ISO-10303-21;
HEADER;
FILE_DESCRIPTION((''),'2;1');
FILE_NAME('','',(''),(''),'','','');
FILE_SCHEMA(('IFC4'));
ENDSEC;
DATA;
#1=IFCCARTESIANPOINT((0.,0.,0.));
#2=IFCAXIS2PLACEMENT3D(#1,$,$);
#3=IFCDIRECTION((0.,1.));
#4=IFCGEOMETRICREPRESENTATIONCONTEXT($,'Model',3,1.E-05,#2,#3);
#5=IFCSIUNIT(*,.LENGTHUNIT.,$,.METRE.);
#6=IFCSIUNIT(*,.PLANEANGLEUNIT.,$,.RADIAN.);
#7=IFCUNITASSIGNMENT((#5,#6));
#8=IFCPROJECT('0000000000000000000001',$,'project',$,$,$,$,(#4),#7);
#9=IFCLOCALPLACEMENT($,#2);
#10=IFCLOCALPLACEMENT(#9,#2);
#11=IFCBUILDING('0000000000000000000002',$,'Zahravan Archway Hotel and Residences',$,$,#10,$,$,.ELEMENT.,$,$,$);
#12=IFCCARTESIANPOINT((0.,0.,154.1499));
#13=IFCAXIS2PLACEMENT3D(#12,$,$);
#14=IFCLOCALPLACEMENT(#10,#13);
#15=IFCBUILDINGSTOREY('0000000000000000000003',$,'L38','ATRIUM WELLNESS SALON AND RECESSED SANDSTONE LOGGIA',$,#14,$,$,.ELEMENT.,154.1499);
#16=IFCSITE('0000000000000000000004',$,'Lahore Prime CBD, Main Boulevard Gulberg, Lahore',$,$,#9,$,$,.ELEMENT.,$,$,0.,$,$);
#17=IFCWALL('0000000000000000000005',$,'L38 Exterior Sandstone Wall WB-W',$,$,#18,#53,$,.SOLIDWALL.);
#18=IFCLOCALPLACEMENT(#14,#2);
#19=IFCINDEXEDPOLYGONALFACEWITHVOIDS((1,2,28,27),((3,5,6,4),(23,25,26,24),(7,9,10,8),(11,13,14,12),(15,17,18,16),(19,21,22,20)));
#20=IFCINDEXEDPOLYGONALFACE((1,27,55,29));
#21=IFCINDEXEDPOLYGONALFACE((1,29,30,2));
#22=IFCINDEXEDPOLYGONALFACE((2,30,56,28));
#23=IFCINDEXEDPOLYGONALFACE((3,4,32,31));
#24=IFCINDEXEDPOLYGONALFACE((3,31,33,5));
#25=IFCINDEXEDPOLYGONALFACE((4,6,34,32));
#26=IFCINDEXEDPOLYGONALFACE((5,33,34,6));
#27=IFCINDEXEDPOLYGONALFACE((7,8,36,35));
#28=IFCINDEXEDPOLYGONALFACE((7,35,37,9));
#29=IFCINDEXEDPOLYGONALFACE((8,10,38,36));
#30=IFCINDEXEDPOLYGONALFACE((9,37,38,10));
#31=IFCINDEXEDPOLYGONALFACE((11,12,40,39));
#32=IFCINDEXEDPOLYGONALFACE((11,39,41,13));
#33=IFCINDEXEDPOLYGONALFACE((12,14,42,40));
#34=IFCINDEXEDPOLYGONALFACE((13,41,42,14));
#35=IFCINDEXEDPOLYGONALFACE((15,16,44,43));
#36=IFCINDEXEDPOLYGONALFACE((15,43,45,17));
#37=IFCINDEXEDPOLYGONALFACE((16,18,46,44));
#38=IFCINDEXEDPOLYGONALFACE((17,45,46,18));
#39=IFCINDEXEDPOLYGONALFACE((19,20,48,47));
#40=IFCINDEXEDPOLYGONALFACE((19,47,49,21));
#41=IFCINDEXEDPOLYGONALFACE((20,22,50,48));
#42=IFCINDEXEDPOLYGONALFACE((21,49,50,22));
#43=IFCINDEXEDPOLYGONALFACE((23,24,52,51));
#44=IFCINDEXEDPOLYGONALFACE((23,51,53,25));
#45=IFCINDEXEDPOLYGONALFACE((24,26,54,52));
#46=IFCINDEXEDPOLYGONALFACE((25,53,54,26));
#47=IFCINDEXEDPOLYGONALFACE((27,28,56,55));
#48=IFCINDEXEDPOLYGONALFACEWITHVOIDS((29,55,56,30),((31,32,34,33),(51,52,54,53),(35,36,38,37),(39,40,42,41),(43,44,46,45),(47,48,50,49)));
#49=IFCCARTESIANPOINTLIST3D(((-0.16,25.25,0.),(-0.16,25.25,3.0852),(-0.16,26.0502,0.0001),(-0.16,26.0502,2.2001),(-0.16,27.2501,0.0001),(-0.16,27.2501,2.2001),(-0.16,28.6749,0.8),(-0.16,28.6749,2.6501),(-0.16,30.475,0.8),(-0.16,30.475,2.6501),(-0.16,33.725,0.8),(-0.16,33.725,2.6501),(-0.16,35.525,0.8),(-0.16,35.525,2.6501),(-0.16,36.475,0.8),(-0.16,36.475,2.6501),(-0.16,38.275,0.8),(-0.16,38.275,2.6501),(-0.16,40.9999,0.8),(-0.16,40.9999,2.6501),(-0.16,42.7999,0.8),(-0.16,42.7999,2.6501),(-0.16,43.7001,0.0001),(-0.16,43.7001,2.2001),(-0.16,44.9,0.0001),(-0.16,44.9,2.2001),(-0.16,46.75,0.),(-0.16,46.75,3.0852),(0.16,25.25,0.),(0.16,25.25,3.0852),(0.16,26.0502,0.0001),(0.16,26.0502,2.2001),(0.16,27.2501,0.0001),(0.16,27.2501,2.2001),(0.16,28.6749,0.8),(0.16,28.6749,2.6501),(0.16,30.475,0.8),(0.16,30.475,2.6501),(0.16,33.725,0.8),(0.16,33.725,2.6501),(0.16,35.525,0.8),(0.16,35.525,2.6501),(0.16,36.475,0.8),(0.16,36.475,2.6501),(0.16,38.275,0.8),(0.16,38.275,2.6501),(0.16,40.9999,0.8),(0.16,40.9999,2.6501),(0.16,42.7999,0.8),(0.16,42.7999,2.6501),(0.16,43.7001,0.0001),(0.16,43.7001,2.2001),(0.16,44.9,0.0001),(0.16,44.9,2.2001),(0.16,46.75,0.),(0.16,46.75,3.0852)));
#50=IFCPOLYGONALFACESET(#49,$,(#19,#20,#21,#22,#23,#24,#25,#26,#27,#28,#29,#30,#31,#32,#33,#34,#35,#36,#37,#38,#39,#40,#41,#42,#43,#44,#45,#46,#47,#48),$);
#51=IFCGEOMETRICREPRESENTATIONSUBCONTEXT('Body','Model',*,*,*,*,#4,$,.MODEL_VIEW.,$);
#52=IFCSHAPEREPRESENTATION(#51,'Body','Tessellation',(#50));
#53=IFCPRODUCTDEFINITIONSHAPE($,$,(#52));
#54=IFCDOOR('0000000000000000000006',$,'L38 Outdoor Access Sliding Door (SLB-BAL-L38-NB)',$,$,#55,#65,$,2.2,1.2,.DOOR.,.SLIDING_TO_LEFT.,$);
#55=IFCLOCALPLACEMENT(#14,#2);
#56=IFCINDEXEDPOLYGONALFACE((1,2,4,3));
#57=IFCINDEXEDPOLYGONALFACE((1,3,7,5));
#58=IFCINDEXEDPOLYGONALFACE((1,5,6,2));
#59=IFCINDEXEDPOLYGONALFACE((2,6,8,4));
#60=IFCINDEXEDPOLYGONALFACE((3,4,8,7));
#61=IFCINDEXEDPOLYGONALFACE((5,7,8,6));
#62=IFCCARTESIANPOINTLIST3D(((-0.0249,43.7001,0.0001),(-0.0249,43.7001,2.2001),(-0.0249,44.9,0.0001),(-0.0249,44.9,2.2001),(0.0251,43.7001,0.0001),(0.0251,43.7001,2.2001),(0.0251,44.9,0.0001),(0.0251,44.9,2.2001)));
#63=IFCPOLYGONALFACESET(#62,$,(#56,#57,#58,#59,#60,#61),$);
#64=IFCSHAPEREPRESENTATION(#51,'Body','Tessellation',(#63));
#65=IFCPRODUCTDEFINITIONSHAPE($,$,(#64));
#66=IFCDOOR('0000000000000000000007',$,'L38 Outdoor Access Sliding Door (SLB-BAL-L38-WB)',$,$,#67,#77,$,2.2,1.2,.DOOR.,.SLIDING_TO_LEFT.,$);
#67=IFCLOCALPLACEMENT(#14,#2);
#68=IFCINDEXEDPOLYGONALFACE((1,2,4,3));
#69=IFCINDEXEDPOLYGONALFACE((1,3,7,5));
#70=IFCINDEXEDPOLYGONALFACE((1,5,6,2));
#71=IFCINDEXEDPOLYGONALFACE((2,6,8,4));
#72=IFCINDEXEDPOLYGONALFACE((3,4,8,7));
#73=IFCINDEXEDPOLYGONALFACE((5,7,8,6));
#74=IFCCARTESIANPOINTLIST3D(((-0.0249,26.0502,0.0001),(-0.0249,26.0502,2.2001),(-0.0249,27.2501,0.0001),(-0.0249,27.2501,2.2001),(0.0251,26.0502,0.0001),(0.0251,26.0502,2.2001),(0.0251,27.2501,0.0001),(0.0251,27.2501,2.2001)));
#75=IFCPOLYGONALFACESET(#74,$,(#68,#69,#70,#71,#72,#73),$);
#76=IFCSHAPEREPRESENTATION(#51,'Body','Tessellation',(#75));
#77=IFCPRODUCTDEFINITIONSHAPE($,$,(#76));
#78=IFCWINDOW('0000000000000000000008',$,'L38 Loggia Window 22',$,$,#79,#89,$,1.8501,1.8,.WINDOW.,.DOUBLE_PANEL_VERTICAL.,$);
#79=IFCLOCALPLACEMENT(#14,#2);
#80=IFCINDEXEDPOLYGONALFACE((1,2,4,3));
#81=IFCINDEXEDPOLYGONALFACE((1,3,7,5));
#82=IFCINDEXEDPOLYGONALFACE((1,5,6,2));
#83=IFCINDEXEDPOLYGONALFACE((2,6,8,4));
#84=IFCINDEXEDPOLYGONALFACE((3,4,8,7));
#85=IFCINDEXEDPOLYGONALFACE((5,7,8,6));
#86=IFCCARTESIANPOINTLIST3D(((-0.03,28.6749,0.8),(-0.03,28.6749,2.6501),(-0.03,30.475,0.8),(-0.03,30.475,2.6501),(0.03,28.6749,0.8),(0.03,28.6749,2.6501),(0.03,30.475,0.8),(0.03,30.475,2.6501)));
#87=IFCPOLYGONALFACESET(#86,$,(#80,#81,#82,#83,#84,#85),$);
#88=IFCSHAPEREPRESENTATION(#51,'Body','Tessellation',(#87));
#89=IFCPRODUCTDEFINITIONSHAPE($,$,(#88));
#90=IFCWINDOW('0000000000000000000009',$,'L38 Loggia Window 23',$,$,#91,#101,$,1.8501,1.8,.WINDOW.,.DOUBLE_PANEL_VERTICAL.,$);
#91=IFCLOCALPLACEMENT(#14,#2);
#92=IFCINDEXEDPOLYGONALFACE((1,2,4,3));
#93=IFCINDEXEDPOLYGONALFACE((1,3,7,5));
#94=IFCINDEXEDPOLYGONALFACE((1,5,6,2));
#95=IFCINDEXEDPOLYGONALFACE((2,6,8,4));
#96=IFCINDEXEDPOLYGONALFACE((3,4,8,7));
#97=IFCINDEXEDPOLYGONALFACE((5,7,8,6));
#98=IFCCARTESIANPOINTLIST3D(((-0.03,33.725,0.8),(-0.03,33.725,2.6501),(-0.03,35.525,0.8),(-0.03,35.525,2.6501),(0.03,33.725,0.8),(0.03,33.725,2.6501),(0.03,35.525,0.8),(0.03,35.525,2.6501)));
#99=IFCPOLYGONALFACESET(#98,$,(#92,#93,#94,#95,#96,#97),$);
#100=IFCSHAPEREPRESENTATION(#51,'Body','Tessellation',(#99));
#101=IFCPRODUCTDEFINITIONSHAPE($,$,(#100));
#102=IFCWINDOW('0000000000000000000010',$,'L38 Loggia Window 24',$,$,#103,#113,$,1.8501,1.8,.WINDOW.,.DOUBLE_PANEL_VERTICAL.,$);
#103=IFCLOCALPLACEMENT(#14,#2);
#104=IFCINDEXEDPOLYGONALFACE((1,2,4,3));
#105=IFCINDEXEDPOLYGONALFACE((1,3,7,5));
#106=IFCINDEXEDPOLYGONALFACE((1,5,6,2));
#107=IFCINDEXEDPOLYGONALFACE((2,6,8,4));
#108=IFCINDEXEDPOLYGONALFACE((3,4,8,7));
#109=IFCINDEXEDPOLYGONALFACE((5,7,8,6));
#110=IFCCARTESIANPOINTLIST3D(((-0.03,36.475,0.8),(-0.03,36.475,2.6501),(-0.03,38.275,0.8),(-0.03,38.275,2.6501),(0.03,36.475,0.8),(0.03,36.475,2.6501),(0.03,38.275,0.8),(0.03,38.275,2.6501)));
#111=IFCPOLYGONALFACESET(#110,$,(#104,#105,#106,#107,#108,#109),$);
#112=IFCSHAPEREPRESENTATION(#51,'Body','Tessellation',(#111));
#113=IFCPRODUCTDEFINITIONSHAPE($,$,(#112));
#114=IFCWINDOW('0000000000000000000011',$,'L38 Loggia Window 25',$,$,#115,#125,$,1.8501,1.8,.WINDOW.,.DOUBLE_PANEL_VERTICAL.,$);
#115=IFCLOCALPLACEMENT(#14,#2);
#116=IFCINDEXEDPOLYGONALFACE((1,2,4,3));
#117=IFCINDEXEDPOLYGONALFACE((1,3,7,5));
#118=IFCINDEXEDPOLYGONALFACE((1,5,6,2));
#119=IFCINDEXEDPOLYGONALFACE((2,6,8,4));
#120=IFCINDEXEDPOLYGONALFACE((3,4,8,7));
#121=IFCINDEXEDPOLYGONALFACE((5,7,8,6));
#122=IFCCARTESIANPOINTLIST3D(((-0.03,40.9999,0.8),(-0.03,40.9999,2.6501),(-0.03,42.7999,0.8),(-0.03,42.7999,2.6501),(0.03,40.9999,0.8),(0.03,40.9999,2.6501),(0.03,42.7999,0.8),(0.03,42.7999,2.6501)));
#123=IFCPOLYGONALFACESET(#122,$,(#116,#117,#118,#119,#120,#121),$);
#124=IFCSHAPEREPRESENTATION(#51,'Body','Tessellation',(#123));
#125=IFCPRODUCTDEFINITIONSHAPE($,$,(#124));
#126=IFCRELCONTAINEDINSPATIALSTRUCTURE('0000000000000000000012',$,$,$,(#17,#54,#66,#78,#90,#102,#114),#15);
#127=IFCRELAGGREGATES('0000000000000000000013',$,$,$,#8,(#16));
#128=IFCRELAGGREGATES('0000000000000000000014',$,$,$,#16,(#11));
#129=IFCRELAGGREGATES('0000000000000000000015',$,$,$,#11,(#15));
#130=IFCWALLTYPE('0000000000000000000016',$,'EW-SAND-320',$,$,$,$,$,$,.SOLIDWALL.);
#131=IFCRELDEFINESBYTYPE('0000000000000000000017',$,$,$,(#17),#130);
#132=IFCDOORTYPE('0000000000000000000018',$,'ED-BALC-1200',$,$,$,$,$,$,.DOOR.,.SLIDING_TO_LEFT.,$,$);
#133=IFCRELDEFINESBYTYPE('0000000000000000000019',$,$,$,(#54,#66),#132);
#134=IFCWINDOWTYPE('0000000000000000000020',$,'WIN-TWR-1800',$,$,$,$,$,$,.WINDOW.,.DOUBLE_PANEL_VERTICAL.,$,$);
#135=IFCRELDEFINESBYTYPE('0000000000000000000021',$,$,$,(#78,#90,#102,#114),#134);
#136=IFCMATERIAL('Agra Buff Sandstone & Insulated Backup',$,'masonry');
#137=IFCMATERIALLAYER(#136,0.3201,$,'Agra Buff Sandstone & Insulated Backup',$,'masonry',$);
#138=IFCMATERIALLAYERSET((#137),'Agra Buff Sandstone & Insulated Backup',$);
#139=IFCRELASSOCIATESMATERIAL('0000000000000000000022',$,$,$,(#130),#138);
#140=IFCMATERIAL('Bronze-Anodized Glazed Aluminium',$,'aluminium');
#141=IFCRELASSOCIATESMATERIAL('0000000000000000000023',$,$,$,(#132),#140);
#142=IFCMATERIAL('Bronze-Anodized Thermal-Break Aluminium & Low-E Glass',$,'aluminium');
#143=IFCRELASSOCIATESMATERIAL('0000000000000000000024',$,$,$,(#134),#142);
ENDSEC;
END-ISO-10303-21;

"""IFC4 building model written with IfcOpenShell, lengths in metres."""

from ifc_helpers import new_model, si_unit, direction, frame, frame_2d, origin, place, context, subcontext, project, spatial, rectangle, extrude, source, transform, mapped, material, layer, layer_set, type_object, type_shapes, element, fill, save


model = new_model("IFC4")

# Units and contexts
model_context = context("Model", 3, precision=1e-05, world=origin(), true_north=direction((0.0, 1.0)))
body_context = subcontext(model_context, "Body", "Model", "MODEL_VIEW")
ifc_project = project(units=[si_unit("LENGTHUNIT", "METRE"), si_unit("PLANEANGLEUNIT", "RADIAN")], contexts=[model_context])

# Site, building, storey
site_placement = place(None, origin())
site = spatial("IfcSite", under=ifc_project, at=site_placement, Name="Lahore Prime CBD, Main Boulevard Gulberg, Lahore", CompositionType="ELEMENT", RefElevation=0.0)
building_placement = place(site_placement, origin())
building = spatial("IfcBuilding", under=site, at=building_placement, Name="Zahravan Archway Hotel and Residences", CompositionType="ELEMENT")
storey_placement = place(building_placement, frame((0.0, 0.0, 154.1499)))
storey = spatial("IfcBuildingStorey", under=building, at=storey_placement, Name="L38", Description="ATRIUM WELLNESS SALON AND RECESSED SANDSTONE LOGGIA", CompositionType="ELEMENT", Elevation=154.1499)

# Shared definitions
ifc_material_1 = material(Name="Agra Buff Sandstone & Insulated Backup", Category="masonry")
ifc_layer_1 = layer(ifc_material_1, 0.3201, Name="Agra Buff Sandstone & Insulated Backup", Category="masonry")
ifc_layer_set_1 = layer_set([ifc_layer_1], Name="Agra Buff Sandstone & Insulated Backup")
wall_type_1 = type_object("IfcWallType", Name="EW-SAND-320", PredefinedType="SOLIDWALL", material=ifc_layer_set_1)
ifc_material_2 = material(Name="Bronze-Anodized Thermal-Break Aluminium & Low-E Glass", Category="aluminium")

# Wall, openings, doors, windows
wall_1_placement = place(storey_placement, frame((0.0, 25.25, 0.0), z_axis=(0.0, 0.0, 1.0), x_axis=(0.0, 1.0, 0.0)))
wall_1 = element("IfcWall", 1, at=wall_1_placement, inside=storey, type_object=wall_type_1, Name="L38 Exterior Sandstone Wall WB-W", PredefinedType="SOLIDWALL", context=body_context, shape_type="SweptSolid", body=[
    extrude(rectangle(XDim=21.5, YDim=0.3201, at=frame_2d((10.75, 0.0))), origin(), (0.0, 0.0, 1.0), 3.0852),
])
opening_1_placement = place(wall_1_placement, frame((18.45, 0.0, 0.0)))
opening_1 = element("IfcOpeningElement", 2, at=opening_1_placement, cuts=wall_1, PredefinedType="OPENING", context=body_context, shape_type="SweptSolid", body=[
    extrude(rectangle(XDim=1.2, YDim=2.2, at=frame_2d((0.6001, 1.1001))), frame((0.0, 0.1699, 0.0), z_axis=(0.0, -1.0, 0.0), x_axis=(1.0, 0.0, 0.0)), (0.0, 0.0, 1.0), 0.3401),
])
opening_2_placement = place(wall_1_placement, frame((0.8, 0.0, 0.0)))
opening_2 = element("IfcOpeningElement", 3, at=opening_2_placement, cuts=wall_1, PredefinedType="OPENING", context=body_context, shape_type="SweptSolid", body=[
    extrude(rectangle(XDim=1.2, YDim=2.2, at=frame_2d((0.6001, 1.1001))), frame((0.0, 0.1699, 0.0), z_axis=(0.0, -1.0, 0.0), x_axis=(1.0, 0.0, 0.0)), (0.0, 0.0, 1.0), 0.3401),
])
opening_3_placement = place(wall_1_placement, frame((3.425, 0.0, 0.8)))
opening_3 = element("IfcOpeningElement", 4, at=opening_3_placement, cuts=wall_1, PredefinedType="OPENING", context=body_context, shape_type="SweptSolid", body=[
    extrude(rectangle(XDim=1.8, YDim=1.8501, at=frame_2d((0.8999, 0.925))), frame((0.0, 0.1699, 0.0), z_axis=(0.0, -1.0, 0.0), x_axis=(1.0, 0.0, 0.0)), (0.0, 0.0, 1.0), 0.3401),
])
opening_4_placement = place(wall_1_placement, frame((8.4751, 0.0, 0.8)))
opening_4 = element("IfcOpeningElement", 5, at=opening_4_placement, cuts=wall_1, PredefinedType="OPENING", context=body_context, shape_type="SweptSolid", body=[
    extrude(rectangle(XDim=1.8, YDim=1.8501, at=frame_2d((0.8999, 0.925))), frame((0.0, 0.1699, 0.0), z_axis=(0.0, -1.0, 0.0), x_axis=(1.0, 0.0, 0.0)), (0.0, 0.0, 1.0), 0.3401),
])
opening_5_placement = place(wall_1_placement, frame((11.2251, 0.0, 0.8)))
opening_5 = element("IfcOpeningElement", 6, at=opening_5_placement, cuts=wall_1, PredefinedType="OPENING", context=body_context, shape_type="SweptSolid", body=[
    extrude(rectangle(XDim=1.8, YDim=1.8501, at=frame_2d((0.8999, 0.925))), frame((0.0, 0.1699, 0.0), z_axis=(0.0, -1.0, 0.0), x_axis=(1.0, 0.0, 0.0)), (0.0, 0.0, 1.0), 0.3401),
])
opening_6_placement = place(wall_1_placement, frame((15.75, 0.0, 0.8)))
opening_6 = element("IfcOpeningElement", 7, at=opening_6_placement, cuts=wall_1, PredefinedType="OPENING", context=body_context, shape_type="SweptSolid", body=[
    extrude(rectangle(XDim=1.8, YDim=1.8501, at=frame_2d((0.8999, 0.925))), frame((0.0, 0.1699, 0.0), z_axis=(0.0, -1.0, 0.0), x_axis=(1.0, 0.0, 0.0)), (0.0, 0.0, 1.0), 0.3401),
])
ifc_material_3 = material(Name="Bronze-Anodized Glazed Aluminium", Category="aluminium")
door_type = type_object("IfcDoorType", Name="ED-BALC-1200", OperationType="SLIDING_TO_LEFT", PredefinedType="DOOR", material=ifc_material_3)
shared_shape_1 = source(origin(), body_context, "Body", "SweptSolid", [
    extrude(rectangle(XDim=1.2, YDim=2.2, at=frame_2d((0.6001, 1.1001))), frame((0.0, 0.0249, 0.0), z_axis=(0.0, -1.0, 0.0), x_axis=(1.0, 0.0, 0.0)), (0.0, 0.0, 1.0), 0.05),
])
type_shapes(door_type, [shared_shape_1])
door_1_placement = place(opening_1_placement, origin())
door_1 = element("IfcDoor", 8, at=door_1_placement, inside=storey, type_object=door_type, Name="L38 Outdoor Access Sliding Door (SLB-BAL-L38-NB)", OperationType="SLIDING_TO_LEFT", OverallHeight=2.2, OverallWidth=1.2, PredefinedType="DOOR", context=body_context, shape_type="MappedRepresentation", body=[
    mapped(shared_shape_1, transform((0.0, 0.0, 0.0), scale=1.0)),
])
fill(opening_1, door_1)
door_2_placement = place(opening_2_placement, origin())
door_2 = element("IfcDoor", 9, at=door_2_placement, inside=storey, type_object=door_type, Name="L38 Outdoor Access Sliding Door (SLB-BAL-L38-WB)", OperationType="SLIDING_TO_LEFT", OverallHeight=2.2, OverallWidth=1.2, PredefinedType="DOOR", context=body_context, shape_type="MappedRepresentation", body=[
    mapped(shared_shape_1, transform((0.0, 0.0, 0.0), scale=1.0)),
])
fill(opening_2, door_2)
window_type_1 = type_object("IfcWindowType", Name="WIN-TWR-1800", PartitioningType="DOUBLE_PANEL_VERTICAL", PredefinedType="WINDOW", material=ifc_material_2)
shared_shape_2 = source(origin(), body_context, "Body", "SweptSolid", [
    extrude(rectangle(XDim=1.8, YDim=1.8501, at=frame_2d((0.8999, 0.925))), frame((0.0, 0.03, 0.0), z_axis=(0.0, -1.0, 0.0), x_axis=(1.0, 0.0, 0.0)), (0.0, 0.0, 1.0), 0.0601),
])
type_shapes(window_type_1, [shared_shape_2])
window_1_placement = place(opening_3_placement, origin())
window_1 = element("IfcWindow", 10, at=window_1_placement, inside=storey, type_object=window_type_1, Name="L38 Loggia Window 22", OverallHeight=1.8501, OverallWidth=1.8, PartitioningType="DOUBLE_PANEL_VERTICAL", PredefinedType="WINDOW", context=body_context, shape_type="MappedRepresentation", body=[
    mapped(shared_shape_2, transform((0.0, 0.0, 0.0), scale=1.0)),
])
fill(opening_3, window_1)
window_2_placement = place(opening_4_placement, origin())
window_2 = element("IfcWindow", 11, at=window_2_placement, inside=storey, type_object=window_type_1, Name="L38 Loggia Window 23", OverallHeight=1.8501, OverallWidth=1.8, PartitioningType="DOUBLE_PANEL_VERTICAL", PredefinedType="WINDOW", context=body_context, shape_type="MappedRepresentation", body=[
    mapped(shared_shape_2, transform((0.0, 0.0, 0.0), scale=1.0)),
])
fill(opening_4, window_2)
window_3_placement = place(opening_5_placement, origin())
window_3 = element("IfcWindow", 12, at=window_3_placement, inside=storey, type_object=window_type_1, Name="L38 Loggia Window 24", OverallHeight=1.8501, OverallWidth=1.8, PartitioningType="DOUBLE_PANEL_VERTICAL", PredefinedType="WINDOW", context=body_context, shape_type="MappedRepresentation", body=[
    mapped(shared_shape_2, transform((0.0, 0.0, 0.0), scale=1.0)),
])
fill(opening_5, window_3)
window_4_placement = place(opening_6_placement, origin())
window_4 = element("IfcWindow", 13, at=window_4_placement, inside=storey, type_object=window_type_1, Name="L38 Loggia Window 25", OverallHeight=1.8501, OverallWidth=1.8, PartitioningType="DOUBLE_PANEL_VERTICAL", PredefinedType="WINDOW", context=body_context, shape_type="MappedRepresentation", body=[
    mapped(shared_shape_2, transform((0.0, 0.0, 0.0), scale=1.0)),
])
fill(opening_6, window_4)

save(model, "model.ifc")
